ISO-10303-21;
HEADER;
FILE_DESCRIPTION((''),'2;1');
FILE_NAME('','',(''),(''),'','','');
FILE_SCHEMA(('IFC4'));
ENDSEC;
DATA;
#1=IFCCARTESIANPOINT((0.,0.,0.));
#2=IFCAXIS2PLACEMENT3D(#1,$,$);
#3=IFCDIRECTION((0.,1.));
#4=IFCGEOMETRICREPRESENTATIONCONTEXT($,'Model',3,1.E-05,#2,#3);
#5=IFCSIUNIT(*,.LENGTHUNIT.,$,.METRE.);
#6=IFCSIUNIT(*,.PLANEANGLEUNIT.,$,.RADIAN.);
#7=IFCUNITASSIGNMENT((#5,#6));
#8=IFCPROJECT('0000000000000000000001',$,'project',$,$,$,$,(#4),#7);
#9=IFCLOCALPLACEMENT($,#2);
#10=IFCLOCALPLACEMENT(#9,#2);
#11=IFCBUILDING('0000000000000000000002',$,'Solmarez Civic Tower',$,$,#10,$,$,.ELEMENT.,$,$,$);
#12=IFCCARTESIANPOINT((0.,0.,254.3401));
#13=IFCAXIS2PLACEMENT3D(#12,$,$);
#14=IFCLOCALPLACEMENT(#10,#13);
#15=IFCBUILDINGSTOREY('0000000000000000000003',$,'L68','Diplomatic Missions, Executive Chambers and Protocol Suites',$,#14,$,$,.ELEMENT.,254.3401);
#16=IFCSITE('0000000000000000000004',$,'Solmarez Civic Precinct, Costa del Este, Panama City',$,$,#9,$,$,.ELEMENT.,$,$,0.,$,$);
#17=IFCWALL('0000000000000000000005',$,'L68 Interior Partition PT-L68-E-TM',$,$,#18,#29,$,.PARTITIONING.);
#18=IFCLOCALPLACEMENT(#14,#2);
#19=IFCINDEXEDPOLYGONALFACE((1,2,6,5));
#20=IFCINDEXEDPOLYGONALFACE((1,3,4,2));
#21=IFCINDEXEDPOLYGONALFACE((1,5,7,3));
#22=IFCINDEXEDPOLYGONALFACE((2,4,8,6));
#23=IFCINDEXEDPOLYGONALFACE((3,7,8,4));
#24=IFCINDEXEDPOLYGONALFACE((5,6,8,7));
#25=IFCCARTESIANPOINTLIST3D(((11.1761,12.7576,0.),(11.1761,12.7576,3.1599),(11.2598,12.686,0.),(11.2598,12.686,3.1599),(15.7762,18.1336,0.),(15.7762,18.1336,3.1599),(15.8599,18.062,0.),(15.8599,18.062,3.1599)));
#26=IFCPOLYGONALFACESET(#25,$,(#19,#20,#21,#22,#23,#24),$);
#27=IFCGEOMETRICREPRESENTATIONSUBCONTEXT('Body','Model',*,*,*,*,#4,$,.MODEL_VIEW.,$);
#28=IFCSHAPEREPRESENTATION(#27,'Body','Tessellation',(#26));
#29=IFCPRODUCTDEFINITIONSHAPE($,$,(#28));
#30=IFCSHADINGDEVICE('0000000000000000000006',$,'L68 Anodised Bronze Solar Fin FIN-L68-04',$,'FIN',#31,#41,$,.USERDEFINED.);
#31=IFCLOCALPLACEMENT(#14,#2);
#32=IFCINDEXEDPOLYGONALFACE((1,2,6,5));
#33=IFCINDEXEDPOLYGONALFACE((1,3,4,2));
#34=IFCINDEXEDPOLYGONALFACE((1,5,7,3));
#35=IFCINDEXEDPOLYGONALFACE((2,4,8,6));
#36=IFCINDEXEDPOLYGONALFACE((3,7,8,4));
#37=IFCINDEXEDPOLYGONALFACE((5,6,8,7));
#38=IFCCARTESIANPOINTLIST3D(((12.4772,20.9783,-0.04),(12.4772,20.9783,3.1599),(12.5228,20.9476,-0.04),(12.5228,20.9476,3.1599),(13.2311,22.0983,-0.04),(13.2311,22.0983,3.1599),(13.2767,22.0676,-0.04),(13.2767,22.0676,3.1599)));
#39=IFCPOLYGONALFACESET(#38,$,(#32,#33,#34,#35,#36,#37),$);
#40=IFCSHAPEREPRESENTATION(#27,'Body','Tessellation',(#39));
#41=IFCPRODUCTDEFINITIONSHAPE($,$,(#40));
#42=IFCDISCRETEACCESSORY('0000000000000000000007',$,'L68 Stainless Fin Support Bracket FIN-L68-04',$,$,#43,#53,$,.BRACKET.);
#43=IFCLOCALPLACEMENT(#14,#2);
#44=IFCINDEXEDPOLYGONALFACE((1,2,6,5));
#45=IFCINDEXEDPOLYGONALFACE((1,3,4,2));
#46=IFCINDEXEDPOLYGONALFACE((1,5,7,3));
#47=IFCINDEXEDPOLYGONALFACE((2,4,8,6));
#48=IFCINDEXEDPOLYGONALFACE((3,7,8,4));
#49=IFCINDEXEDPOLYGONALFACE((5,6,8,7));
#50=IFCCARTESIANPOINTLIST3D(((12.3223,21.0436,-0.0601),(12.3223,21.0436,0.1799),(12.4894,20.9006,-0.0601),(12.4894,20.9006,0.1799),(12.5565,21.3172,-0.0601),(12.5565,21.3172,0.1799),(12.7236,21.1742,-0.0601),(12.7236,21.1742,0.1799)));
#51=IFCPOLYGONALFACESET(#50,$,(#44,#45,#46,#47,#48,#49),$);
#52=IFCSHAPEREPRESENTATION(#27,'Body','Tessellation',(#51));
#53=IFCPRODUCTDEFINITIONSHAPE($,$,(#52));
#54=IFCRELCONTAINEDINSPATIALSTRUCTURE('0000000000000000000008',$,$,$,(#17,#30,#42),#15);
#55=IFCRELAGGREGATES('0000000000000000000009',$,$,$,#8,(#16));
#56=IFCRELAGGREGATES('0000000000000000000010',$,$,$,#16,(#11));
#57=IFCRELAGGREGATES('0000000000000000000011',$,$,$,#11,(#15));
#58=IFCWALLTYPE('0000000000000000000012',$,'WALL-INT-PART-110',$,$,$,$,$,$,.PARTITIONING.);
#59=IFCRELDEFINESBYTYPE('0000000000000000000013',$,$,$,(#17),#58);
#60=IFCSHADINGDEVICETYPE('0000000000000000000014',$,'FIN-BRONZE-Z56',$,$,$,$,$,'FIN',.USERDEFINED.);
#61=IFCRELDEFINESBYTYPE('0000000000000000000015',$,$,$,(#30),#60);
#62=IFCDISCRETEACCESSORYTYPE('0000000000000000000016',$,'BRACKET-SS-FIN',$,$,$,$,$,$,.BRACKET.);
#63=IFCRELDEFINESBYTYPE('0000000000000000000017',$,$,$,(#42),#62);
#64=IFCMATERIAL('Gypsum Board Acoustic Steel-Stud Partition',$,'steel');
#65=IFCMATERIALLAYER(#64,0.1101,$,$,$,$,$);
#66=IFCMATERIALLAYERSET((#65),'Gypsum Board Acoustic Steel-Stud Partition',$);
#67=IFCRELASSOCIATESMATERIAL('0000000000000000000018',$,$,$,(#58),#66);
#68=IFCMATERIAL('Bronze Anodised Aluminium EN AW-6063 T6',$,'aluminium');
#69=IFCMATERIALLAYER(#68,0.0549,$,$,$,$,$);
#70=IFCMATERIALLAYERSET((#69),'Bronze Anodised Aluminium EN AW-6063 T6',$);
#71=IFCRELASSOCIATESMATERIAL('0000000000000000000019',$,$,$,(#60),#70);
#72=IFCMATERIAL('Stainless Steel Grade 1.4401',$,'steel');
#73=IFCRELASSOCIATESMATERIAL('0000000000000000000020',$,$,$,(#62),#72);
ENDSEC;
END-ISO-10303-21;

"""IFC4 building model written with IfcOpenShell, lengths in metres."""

from ifc_helpers import new_model, si_unit, direction, frame, frame_2d, origin, origin_2d, place, context, subcontext, project, spatial, rectangle, extrude, material, layer, layer_set, type_object, element, save


model = new_model("IFC4")

# Units and contexts
model_context = context("Model", 3, precision=1e-05, world=origin(), true_north=direction((0.0, 1.0)))
body_context = subcontext(model_context, "Body", "Model", "MODEL_VIEW")
ifc_project = project(units=[si_unit("LENGTHUNIT", "METRE"), si_unit("PLANEANGLEUNIT", "RADIAN")], contexts=[model_context])

# Site, building, storey
site_placement = place(None, origin())
site = spatial("IfcSite", under=ifc_project, at=site_placement, Name="Solmarez Civic Precinct, Costa del Este, Panama City", CompositionType="ELEMENT", RefElevation=0.0)
building_placement = place(site_placement, origin())
building = spatial("IfcBuilding", under=site, at=building_placement, Name="Solmarez Civic Tower", CompositionType="ELEMENT")
storey_placement = place(building_placement, frame((0.0, 0.0, 254.3401)))
storey = spatial("IfcBuildingStorey", under=building, at=storey_placement, Name="L68", Description="Diplomatic Missions, Executive Chambers and Protocol Suites", CompositionType="ELEMENT", Elevation=254.3401)

# Shared definitions
ifc_material_1 = material(Name="Bronze Anodised Aluminium EN AW-6063 T6", Category="aluminium")

# Shared definitions
ifc_material_2 = material(Name="Gypsum Board Acoustic Steel-Stud Partition", Category="steel")
ifc_layer_1 = layer(ifc_material_2, 0.1101)
ifc_layer_set_1 = layer_set([ifc_layer_1], Name="Gypsum Board Acoustic Steel-Stud Partition")
wall_type_1 = type_object("IfcWallType", Name="WALL-INT-PART-110", PredefinedType="PARTITIONING", material=ifc_layer_set_1)

# Wall
wall_1_placement = place(storey_placement, frame((11.218, 12.7219, 0.0), z_axis=(0.0, 0.0, 1.0), x_axis=(0.650149, 0.759807, 0.0)))
element("IfcWall", 1, at=wall_1_placement, inside=storey, type_object=wall_type_1, Name="L68 Interior Partition PT-L68-E-TM", PredefinedType="PARTITIONING", context=body_context, shape_type="SweptSolid", body=[
    extrude(rectangle(XDim=7.0754, YDim=0.1101, at=frame_2d((3.5376, 0.0))), origin(), (0.0, 0.0, 1.0), 3.1599),
])

# Shading device
ifc_layer_2 = layer(ifc_material_1, 0.0549)
ifc_layer_set_2 = layer_set([ifc_layer_2], Name="Bronze Anodised Aluminium EN AW-6063 T6")
shading_device_type = type_object("IfcShadingDeviceType", Name="FIN-BRONZE-Z56", ElementType="FIN", PredefinedType="USERDEFINED", material=ifc_layer_set_2)
shading_device_placement = place(storey_placement, frame((12.877, 21.5229, -0.04), z_axis=(0.0, 0.0, 1.0), x_axis=(0.558397, 0.829574, 0.0)))
element("IfcShadingDevice", 2, at=shading_device_placement, inside=storey, type_object=shading_device_type, Name="L68 Anodised Bronze Solar Fin FIN-L68-04", ObjectType="FIN", PredefinedType="USERDEFINED", context=body_context, shape_type="SweptSolid", body=[
    extrude(rectangle(XDim=1.3501, YDim=0.0549, at=origin_2d()), origin(), (0.0, 0.0, 1.0), 3.2),
])

# Discrete accessory
ifc_material_3 = material(Name="Stainless Steel Grade 1.4401", Category="steel")
discrete_accessory_type = type_object("IfcDiscreteAccessoryType", Name="BRACKET-SS-FIN", PredefinedType="BRACKET", material=ifc_material_3)
discrete_accessory_placement = place(storey_placement, frame((12.5229, 21.1089, -0.0601), z_axis=(0.0, 0.0, 1.0), x_axis=(0.650195, 0.759767, 0.0)))
element("IfcDiscreteAccessory", 3, at=discrete_accessory_placement, inside=storey, type_object=discrete_accessory_type, Name="L68 Stainless Fin Support Bracket FIN-L68-04", PredefinedType="BRACKET", context=body_context, shape_type="SweptSolid", body=[
    extrude(rectangle(XDim=0.3601, YDim=0.22, at=origin_2d()), origin(), (0.0, 0.0, 1.0), 0.24),
])

save(model, "model.ifc")
